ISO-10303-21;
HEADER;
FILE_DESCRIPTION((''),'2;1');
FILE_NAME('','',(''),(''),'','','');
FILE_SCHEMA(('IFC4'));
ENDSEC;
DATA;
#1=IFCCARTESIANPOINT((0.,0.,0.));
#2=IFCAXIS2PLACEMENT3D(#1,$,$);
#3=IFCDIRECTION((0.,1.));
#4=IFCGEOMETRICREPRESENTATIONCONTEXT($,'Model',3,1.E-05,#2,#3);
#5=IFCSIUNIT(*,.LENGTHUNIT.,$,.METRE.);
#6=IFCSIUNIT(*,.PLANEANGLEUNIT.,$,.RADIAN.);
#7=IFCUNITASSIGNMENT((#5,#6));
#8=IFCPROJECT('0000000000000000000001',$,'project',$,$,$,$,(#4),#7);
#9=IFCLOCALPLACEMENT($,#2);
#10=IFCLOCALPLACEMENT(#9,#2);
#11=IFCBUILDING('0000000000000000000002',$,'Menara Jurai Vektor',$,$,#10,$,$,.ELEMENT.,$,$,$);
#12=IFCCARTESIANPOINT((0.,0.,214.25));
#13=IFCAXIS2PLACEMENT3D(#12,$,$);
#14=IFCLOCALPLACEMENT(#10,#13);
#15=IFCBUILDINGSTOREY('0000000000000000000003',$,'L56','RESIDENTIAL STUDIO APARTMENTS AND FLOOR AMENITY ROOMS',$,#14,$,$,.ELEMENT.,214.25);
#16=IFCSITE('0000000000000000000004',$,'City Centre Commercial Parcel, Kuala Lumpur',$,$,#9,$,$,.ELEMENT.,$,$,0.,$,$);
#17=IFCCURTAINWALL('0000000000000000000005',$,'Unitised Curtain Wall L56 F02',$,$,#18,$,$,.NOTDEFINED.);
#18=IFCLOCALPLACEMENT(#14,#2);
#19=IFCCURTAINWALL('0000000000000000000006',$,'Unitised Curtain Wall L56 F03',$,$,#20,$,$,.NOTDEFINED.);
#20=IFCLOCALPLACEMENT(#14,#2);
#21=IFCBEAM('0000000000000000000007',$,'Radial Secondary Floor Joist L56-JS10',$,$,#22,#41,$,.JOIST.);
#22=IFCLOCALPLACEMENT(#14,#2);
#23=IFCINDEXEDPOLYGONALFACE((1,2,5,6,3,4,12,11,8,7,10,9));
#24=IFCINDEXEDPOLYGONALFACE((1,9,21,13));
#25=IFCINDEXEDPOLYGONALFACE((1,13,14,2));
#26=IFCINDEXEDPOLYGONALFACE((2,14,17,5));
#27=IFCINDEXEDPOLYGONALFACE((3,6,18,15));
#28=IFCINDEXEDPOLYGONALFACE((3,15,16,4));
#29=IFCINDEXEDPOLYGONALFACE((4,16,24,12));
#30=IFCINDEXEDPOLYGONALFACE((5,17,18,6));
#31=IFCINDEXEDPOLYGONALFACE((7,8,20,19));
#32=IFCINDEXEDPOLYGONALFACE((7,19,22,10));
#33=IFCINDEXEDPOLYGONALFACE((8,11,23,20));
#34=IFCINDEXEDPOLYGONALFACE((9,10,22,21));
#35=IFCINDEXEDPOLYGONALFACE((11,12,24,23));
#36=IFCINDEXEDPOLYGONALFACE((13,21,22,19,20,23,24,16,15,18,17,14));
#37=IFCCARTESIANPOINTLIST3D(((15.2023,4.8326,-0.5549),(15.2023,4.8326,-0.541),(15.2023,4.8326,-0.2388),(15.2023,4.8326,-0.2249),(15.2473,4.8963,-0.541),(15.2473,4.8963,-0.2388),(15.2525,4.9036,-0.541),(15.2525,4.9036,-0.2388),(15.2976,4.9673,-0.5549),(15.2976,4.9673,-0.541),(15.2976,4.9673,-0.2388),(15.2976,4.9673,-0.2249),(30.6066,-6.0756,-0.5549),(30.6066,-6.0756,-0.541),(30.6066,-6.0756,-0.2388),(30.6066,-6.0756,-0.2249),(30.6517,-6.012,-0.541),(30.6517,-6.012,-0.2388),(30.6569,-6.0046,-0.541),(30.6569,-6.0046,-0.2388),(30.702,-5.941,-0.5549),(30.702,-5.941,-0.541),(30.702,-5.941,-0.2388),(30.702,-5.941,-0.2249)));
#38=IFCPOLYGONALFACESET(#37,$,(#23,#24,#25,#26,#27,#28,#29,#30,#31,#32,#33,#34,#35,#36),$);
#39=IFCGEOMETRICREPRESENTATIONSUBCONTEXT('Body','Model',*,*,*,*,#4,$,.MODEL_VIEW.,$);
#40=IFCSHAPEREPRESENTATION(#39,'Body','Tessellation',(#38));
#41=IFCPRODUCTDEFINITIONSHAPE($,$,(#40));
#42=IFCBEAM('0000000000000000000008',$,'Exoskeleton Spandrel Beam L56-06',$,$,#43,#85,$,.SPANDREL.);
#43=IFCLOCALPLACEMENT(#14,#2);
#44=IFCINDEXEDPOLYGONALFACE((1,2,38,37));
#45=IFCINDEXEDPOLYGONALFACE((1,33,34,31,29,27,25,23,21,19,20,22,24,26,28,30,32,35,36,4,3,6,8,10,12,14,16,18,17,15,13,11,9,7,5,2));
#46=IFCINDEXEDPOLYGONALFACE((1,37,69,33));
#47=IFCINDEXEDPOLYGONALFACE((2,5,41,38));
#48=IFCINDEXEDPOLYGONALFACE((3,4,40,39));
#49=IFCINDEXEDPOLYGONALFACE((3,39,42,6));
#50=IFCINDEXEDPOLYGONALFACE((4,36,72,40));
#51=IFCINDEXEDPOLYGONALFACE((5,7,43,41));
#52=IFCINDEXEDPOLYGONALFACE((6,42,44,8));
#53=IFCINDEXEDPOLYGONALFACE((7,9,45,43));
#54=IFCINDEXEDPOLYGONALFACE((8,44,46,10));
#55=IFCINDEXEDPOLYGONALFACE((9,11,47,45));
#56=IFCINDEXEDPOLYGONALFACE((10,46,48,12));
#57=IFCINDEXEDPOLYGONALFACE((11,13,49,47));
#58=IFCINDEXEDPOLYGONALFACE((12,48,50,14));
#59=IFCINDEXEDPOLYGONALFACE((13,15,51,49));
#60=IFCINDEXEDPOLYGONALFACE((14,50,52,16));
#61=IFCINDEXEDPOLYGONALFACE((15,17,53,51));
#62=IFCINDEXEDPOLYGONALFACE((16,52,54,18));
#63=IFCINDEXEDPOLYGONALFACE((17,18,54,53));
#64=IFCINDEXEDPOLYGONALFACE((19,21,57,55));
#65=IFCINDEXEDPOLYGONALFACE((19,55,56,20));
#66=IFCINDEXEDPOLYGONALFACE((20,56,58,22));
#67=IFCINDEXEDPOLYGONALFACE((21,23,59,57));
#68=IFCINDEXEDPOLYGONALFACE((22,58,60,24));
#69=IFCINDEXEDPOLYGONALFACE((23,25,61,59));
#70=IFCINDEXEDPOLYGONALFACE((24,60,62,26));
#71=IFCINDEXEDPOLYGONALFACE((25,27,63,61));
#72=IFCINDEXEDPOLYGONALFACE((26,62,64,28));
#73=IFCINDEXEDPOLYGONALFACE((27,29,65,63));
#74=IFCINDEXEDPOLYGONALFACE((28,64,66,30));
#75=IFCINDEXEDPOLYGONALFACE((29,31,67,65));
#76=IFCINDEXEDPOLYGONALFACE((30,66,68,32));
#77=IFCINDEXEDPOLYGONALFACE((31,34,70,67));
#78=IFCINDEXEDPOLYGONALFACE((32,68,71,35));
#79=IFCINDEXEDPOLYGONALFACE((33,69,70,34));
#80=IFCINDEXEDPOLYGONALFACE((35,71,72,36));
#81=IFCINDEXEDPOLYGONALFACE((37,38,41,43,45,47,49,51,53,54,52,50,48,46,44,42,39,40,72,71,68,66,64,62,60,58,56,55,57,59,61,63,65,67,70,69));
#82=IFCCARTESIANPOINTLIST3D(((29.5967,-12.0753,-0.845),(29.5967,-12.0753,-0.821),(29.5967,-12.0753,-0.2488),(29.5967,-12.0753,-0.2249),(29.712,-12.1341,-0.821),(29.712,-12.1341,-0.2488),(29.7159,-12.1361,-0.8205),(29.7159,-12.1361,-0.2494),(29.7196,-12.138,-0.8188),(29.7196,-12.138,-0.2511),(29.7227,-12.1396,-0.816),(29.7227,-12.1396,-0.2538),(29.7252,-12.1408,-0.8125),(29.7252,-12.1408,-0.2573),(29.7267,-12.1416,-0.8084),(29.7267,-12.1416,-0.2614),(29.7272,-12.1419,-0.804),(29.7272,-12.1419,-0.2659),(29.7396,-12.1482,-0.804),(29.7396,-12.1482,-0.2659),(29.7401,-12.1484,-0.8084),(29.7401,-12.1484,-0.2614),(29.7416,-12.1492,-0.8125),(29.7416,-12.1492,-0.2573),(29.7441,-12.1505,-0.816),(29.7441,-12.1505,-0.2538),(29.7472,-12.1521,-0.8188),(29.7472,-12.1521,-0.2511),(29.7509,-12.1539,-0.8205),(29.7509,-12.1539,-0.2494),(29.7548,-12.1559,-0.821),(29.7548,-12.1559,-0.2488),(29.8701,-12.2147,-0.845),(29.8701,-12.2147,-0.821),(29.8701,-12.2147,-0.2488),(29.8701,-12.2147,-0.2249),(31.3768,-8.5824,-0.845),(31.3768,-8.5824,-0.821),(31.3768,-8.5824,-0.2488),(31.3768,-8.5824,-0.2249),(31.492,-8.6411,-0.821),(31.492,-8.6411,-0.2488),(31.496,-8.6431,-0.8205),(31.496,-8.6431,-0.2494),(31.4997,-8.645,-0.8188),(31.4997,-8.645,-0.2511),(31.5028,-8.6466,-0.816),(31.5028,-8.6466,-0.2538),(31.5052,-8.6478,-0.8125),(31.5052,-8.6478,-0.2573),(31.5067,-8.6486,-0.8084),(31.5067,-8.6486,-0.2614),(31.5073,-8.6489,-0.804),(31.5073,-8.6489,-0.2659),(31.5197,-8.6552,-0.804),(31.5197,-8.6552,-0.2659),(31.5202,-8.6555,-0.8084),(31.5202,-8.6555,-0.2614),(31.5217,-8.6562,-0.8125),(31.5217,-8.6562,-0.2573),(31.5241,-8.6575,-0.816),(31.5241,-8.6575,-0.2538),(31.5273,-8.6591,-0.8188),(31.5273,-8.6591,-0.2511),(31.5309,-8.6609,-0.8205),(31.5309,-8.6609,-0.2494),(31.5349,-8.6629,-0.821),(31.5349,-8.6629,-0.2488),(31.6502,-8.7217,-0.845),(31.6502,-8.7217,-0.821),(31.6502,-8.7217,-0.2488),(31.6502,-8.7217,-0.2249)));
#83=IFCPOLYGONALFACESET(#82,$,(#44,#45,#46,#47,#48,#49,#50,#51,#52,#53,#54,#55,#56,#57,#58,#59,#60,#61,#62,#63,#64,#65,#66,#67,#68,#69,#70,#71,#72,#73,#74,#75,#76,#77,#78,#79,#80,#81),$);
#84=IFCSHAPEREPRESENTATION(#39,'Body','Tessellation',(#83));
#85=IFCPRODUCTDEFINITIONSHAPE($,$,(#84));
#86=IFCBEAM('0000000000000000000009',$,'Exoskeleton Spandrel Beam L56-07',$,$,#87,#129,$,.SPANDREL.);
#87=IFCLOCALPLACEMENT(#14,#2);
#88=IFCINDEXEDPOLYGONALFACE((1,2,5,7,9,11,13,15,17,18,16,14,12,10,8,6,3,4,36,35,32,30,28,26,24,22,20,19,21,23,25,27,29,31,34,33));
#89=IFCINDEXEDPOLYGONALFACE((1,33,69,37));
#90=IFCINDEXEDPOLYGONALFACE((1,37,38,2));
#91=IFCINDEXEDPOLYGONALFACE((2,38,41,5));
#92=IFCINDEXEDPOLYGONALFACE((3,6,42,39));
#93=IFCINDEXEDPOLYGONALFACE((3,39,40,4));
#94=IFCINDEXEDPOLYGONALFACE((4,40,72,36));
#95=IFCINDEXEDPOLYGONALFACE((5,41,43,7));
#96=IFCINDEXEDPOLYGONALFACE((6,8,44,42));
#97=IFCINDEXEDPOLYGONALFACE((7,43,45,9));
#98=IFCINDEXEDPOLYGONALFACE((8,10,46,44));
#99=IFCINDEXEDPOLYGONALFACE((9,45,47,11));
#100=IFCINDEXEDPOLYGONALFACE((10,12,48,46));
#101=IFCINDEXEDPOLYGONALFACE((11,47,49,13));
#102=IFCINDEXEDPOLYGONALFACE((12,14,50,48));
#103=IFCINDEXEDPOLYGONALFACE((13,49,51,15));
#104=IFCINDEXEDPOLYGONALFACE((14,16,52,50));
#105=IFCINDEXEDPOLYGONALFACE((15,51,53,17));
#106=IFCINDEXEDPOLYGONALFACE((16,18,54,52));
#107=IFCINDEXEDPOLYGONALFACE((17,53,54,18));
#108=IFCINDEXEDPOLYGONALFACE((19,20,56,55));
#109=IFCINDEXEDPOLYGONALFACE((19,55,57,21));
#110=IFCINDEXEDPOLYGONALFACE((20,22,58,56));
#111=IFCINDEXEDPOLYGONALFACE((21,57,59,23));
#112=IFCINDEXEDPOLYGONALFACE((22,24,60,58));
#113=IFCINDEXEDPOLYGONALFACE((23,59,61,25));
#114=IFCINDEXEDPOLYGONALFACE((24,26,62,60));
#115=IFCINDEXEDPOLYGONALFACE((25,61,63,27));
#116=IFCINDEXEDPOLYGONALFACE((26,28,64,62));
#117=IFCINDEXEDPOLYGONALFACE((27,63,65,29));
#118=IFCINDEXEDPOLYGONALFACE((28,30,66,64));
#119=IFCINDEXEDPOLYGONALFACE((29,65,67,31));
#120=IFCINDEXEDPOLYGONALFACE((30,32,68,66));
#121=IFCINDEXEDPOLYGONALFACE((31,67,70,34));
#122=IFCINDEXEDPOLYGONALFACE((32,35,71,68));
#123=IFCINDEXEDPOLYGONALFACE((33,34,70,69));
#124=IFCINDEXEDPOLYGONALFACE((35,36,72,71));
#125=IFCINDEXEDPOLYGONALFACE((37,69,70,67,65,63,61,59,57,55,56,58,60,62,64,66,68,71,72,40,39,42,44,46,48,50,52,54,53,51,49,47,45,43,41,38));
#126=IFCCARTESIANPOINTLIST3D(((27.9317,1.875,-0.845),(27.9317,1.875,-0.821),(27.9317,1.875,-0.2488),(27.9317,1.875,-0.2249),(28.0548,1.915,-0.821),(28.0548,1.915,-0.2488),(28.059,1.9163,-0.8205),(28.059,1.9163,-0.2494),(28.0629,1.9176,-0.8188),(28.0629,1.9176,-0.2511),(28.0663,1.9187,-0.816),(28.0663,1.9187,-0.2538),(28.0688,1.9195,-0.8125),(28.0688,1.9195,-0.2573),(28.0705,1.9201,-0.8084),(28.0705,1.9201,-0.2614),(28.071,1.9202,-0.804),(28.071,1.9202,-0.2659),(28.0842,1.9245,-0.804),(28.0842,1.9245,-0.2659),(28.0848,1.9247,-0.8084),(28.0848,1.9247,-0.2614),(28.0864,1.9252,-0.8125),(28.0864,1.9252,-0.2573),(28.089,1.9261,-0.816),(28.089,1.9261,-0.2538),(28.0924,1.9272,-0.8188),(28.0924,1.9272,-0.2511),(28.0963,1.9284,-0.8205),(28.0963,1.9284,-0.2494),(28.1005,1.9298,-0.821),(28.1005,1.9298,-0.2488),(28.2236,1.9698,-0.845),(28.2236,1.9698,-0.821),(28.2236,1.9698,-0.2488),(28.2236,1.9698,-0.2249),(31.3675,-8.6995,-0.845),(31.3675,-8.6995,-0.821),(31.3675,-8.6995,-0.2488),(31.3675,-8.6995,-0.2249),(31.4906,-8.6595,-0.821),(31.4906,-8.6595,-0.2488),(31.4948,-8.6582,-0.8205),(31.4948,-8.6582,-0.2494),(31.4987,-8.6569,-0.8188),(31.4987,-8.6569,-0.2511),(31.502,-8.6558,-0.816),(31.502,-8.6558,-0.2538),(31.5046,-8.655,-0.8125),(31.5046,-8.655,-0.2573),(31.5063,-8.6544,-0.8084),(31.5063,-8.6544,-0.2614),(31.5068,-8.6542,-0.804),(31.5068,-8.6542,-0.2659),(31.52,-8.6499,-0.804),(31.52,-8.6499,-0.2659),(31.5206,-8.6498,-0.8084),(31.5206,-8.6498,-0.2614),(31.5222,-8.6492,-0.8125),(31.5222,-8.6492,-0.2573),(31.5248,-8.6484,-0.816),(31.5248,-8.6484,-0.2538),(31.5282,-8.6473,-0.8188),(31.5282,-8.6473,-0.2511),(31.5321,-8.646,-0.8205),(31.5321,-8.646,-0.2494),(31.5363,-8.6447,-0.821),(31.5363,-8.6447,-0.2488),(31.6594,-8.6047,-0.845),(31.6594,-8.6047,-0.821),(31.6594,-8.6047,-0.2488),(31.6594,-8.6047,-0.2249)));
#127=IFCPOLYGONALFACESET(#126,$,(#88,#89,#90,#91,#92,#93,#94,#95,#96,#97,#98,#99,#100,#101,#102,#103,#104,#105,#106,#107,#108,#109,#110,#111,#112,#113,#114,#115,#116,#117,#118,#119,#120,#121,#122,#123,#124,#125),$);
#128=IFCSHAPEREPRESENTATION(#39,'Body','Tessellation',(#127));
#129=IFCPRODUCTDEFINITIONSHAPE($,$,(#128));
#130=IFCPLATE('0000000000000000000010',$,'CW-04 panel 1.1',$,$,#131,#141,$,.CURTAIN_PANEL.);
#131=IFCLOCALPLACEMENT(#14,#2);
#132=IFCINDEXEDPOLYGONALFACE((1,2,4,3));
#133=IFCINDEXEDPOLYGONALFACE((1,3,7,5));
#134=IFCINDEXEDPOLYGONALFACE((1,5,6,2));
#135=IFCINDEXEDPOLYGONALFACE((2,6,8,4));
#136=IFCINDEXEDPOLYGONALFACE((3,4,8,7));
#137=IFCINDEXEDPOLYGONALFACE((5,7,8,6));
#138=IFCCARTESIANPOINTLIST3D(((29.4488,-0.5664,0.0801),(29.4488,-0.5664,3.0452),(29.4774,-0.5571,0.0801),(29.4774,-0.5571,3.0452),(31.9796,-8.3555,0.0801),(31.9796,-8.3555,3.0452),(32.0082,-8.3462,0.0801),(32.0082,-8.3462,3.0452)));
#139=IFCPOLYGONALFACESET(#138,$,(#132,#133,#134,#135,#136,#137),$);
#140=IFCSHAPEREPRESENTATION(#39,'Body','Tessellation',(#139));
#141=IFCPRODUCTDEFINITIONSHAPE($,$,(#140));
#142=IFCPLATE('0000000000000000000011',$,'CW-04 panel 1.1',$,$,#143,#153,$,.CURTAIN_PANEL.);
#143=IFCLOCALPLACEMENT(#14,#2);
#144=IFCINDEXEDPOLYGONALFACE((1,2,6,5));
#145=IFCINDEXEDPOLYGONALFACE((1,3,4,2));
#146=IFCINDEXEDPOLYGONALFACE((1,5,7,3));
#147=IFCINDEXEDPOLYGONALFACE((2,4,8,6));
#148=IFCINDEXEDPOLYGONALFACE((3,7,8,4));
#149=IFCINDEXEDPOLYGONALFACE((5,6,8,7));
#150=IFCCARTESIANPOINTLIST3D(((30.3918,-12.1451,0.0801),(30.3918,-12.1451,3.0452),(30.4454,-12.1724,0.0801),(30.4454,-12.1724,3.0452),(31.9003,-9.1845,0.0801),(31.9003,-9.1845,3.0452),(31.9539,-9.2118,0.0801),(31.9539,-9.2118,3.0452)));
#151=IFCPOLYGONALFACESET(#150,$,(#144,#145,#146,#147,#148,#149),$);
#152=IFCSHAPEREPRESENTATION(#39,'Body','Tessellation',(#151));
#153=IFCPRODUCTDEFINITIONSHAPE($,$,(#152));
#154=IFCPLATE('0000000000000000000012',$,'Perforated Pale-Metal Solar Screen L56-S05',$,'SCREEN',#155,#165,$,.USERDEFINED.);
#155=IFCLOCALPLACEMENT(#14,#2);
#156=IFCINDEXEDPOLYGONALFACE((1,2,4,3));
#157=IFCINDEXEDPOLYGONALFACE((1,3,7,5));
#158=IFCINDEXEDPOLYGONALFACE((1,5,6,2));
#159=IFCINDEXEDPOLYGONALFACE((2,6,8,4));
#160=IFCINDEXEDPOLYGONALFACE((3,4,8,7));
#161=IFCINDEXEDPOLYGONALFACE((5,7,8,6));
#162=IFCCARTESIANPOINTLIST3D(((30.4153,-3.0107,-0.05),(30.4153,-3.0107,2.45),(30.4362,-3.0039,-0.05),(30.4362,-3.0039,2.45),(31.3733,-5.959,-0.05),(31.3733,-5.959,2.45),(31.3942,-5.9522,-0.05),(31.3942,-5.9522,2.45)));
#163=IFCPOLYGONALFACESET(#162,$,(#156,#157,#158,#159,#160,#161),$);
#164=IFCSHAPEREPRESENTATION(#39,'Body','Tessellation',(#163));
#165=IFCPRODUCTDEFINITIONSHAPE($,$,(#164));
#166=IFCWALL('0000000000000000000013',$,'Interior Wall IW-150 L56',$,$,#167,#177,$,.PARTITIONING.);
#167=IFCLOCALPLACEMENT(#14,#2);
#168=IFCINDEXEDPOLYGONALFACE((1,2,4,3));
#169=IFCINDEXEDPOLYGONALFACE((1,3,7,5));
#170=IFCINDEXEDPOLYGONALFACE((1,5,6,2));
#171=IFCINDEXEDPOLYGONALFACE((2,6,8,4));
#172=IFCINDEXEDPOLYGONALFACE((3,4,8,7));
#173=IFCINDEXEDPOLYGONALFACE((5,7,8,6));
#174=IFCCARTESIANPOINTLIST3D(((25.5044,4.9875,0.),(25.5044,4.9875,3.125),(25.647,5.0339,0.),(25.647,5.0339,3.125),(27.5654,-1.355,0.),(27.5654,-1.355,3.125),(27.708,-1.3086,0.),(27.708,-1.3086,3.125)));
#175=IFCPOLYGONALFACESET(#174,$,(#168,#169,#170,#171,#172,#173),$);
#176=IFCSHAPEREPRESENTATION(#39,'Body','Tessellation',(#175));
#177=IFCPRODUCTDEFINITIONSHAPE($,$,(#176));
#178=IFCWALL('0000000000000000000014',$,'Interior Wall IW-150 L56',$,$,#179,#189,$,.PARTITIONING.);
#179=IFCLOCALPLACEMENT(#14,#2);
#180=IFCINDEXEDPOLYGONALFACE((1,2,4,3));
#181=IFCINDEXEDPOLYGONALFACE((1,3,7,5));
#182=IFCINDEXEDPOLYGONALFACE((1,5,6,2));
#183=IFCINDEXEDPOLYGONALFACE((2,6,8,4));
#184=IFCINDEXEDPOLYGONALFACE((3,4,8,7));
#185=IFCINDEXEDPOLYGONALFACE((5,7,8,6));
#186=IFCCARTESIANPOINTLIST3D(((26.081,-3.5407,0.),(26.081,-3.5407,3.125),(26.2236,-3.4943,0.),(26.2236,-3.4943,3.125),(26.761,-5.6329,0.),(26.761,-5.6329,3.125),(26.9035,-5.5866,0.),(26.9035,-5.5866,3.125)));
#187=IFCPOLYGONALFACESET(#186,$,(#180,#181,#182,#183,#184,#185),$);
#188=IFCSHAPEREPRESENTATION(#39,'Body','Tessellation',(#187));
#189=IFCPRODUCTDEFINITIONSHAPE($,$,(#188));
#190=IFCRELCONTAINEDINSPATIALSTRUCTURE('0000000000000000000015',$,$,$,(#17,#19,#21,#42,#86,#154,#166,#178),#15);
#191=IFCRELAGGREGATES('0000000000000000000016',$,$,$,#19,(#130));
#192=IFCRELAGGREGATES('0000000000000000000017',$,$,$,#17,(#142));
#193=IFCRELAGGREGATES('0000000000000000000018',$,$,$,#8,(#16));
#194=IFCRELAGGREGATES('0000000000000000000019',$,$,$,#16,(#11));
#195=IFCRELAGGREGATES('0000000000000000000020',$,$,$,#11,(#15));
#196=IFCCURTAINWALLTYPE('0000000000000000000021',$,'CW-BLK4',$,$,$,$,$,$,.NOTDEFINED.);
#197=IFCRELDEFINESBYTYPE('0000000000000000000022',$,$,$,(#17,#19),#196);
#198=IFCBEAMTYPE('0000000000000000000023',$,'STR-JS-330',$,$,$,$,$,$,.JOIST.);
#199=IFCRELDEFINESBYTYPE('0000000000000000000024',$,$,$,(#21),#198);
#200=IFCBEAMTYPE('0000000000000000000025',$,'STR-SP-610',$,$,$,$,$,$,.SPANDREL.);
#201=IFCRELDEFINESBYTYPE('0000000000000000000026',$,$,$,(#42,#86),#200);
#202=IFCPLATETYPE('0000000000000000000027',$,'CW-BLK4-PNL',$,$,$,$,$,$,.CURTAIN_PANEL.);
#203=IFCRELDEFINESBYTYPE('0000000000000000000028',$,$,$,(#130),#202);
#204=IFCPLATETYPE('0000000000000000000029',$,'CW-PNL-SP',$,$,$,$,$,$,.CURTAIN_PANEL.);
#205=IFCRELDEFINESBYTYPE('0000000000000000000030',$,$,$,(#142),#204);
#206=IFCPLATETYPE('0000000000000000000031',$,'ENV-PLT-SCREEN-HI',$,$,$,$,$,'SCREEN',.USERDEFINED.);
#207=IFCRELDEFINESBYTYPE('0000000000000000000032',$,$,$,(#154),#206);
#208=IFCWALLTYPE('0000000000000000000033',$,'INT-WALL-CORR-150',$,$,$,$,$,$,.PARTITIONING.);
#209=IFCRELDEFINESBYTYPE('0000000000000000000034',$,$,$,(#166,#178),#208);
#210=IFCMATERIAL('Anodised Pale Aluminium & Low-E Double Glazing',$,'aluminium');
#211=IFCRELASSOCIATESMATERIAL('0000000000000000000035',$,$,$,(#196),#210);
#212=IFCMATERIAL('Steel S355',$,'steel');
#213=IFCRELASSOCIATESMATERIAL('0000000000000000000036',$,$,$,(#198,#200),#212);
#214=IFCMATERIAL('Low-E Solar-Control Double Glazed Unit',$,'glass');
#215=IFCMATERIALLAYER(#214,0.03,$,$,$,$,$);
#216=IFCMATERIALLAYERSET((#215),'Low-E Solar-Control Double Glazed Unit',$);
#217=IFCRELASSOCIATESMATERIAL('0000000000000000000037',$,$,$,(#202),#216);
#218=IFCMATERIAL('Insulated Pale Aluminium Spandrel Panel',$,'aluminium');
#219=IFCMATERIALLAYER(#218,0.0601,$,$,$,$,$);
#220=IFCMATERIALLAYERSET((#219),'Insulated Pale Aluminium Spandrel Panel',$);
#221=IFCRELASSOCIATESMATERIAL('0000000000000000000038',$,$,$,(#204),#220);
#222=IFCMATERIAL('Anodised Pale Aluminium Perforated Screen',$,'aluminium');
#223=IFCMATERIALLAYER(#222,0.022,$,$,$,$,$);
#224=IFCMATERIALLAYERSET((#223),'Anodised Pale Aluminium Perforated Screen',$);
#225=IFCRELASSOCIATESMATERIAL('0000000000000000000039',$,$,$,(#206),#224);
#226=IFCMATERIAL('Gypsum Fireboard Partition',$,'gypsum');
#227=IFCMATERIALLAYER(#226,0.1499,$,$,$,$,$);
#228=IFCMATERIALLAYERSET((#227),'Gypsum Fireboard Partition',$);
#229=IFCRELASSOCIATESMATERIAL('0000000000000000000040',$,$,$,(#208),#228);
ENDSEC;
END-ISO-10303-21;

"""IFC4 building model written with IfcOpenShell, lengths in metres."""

from ifc_helpers import new_model, si_unit, direction, frame, frame_2d, origin, origin_2d, place, context, subcontext, project, spatial, rectangle, i_section, extrude, material, layer, layer_set, material_profile, profile_set, type_object, element, aggregate, save


model = new_model("IFC4")

# Units and contexts
model_context = context("Model", 3, precision=1e-05, world=origin(), true_north=direction((0.0, 1.0)))
body_context = subcontext(model_context, "Body", "Model", "MODEL_VIEW")
ifc_project = project(units=[si_unit("LENGTHUNIT", "METRE"), si_unit("PLANEANGLEUNIT", "RADIAN")], contexts=[model_context])

# Site, building, storey
site_placement = place(None, origin())
site = spatial("IfcSite", under=ifc_project, at=site_placement, Name="City Centre Commercial Parcel, Kuala Lumpur", CompositionType="ELEMENT", RefElevation=0.0)
building_placement = place(site_placement, origin())
building = spatial("IfcBuilding", under=site, at=building_placement, Name="Menara Jurai Vektor", CompositionType="ELEMENT")
storey_placement = place(building_placement, frame((0.0, 0.0, 214.25)))
storey = spatial("IfcBuildingStorey", under=building, at=storey_placement, Name="L56", Description="RESIDENTIAL STUDIO APARTMENTS AND FLOOR AMENITY ROOMS", CompositionType="ELEMENT", Elevation=214.25)

# Shared definitions
ifc_material_1 = material(Name="Anodised Pale Aluminium & Low-E Double Glazing", Category="aluminium")
curtain_wall_type = type_object("IfcCurtainWallType", Name="CW-BLK4", PredefinedType="NOTDEFINED", material=ifc_material_1)

# Curtain walls
curtain_wall_1_placement = place(storey_placement, origin())
curtain_wall_1 = element("IfcCurtainWall", 1, at=curtain_wall_1_placement, inside=storey, type_object=curtain_wall_type, Name="Unitised Curtain Wall L56 F02", PredefinedType="NOTDEFINED")
curtain_wall_2_placement = place(storey_placement, origin())
curtain_wall_2 = element("IfcCurtainWall", 2, at=curtain_wall_2_placement, inside=storey, type_object=curtain_wall_type, Name="Unitised Curtain Wall L56 F03", PredefinedType="NOTDEFINED")

# Shared definitions
ifc_material_2 = material(Name="Steel S355", Category="steel")

# Beams
ifc_material_profile_1 = material_profile(ifc_material_2, i_section(OverallWidth=0.165, OverallDepth=0.3301, WebThickness=0.009, FlangeThickness=0.0139, at=origin_2d()), Name="PG 330x165x46")
ifc_profile_set_1 = profile_set([ifc_material_profile_1], Name="Steel S355")
beam_type_1 = type_object("IfcBeamType", Name="STR-JS-330", PredefinedType="JOIST", material=ifc_profile_set_1)
beam_1_placement = place(storey_placement, frame((30.6543, -6.0083, -0.3899), z_axis=(-0.816104, 0.577905, 0.0), x_axis=(-0.577905, -0.816104, 0.0)))
element("IfcBeam", 3, at=beam_1_placement, inside=storey, type_object=beam_type_1, Name="Radial Secondary Floor Joist L56-JS10", PredefinedType="JOIST", context=body_context, shape_type="SweptSolid", body=[
    extrude(i_section(OverallWidth=0.165, OverallDepth=0.3301, WebThickness=0.009, FlangeThickness=0.0139, at=origin_2d()), origin(), (0.0, 0.0, 1.0), 18.8755),
])
ifc_material_profile_2 = material_profile(ifc_material_2, i_section(OverallWidth=0.3069, OverallDepth=0.6201, WebThickness=0.0139, FlangeThickness=0.0239, FilletRadius=0.0171, at=origin_2d()), Name="UKB 610x305x179")
ifc_profile_set_2 = profile_set([ifc_material_profile_2], Name="Steel S355")
beam_type_2 = type_object("IfcBeamType", Name="STR-SP-610", PredefinedType="SPANDREL", material=ifc_profile_set_2)
beam_2_placement = place(storey_placement, frame((29.7334, -12.145, -0.5349), z_axis=(0.454051, 0.890976, 0.0), x_axis=(-0.890976, 0.454051, 0.0)))
element("IfcBeam", 4, at=beam_2_placement, inside=storey, type_object=beam_type_2, Name="Exoskeleton Spandrel Beam L56-06", PredefinedType="SPANDREL", context=body_context, shape_type="SweptSolid", body=[
    extrude(i_section(OverallWidth=0.3069, OverallDepth=0.6201, WebThickness=0.0139, FlangeThickness=0.0239, FilletRadius=0.0171, at=origin_2d()), origin(), (0.0, 0.0, 1.0), 3.9204),
])
beam_3_placement = place(storey_placement, frame((31.5134, -8.6521, -0.5349), z_axis=(-0.309012, 0.951058, 0.0), x_axis=(-0.951058, -0.309012, 0.0)))
element("IfcBeam", 5, at=beam_3_placement, inside=storey, type_object=beam_type_2, Name="Exoskeleton Spandrel Beam L56-07", PredefinedType="SPANDREL", context=body_context, shape_type="SweptSolid", body=[
    extrude(i_section(OverallWidth=0.3069, OverallDepth=0.6201, WebThickness=0.0139, FlangeThickness=0.0239, FilletRadius=0.0171, at=origin_2d()), origin(), (0.0, 0.0, 1.0), 11.1187),
])

# Plates
ifc_material_3 = material(Name="Low-E Solar-Control Double Glazed Unit", Category="glass")
ifc_layer_1 = layer(ifc_material_3, 0.03)
ifc_layer_set_1 = layer_set([ifc_layer_1], Name="Low-E Solar-Control Double Glazed Unit")
plate_type_1 = type_object("IfcPlateType", Name="CW-BLK4-PNL", PredefinedType="CURTAIN_PANEL", material=ifc_layer_set_1)
plate_1_placement = place(storey_placement, frame((30.7285, -4.4563, 0.0801), z_axis=(0.0, 0.0, 1.0), x_axis=(-0.309016, 0.951057, 0.0)))
plate_1 = element("IfcPlate", 6, at=plate_1_placement, type_object=plate_type_1, Name="CW-04 panel 1.1", PredefinedType="CURTAIN_PANEL", context=body_context, shape_type="SweptSolid", body=[
    extrude(rectangle(XDim=8.1899, YDim=0.03, at=origin_2d()), origin(), (0.0, 0.0, 1.0), 2.9651),
])
aggregate(curtain_wall_2, [plate_1])
ifc_material_4 = material(Name="Insulated Pale Aluminium Spandrel Panel", Category="aluminium")
ifc_layer_2 = layer(ifc_material_4, 0.0601)
ifc_layer_set_2 = layer_set([ifc_layer_2], Name="Insulated Pale Aluminium Spandrel Panel")
plate_type_2 = type_object("IfcPlateType", Name="CW-PNL-SP", PredefinedType="CURTAIN_PANEL", material=ifc_layer_set_2)
plate_2_placement = place(storey_placement, frame((31.1729, -10.6785, 0.0801), z_axis=(0.0, 0.0, 1.0), x_axis=(0.453989, 0.891008, 0.0)))
plate_2 = element("IfcPlate", 7, at=plate_2_placement, type_object=plate_type_2, Name="CW-04 panel 1.1", PredefinedType="CURTAIN_PANEL", context=body_context, shape_type="SweptSolid", body=[
    extrude(rectangle(XDim=3.3228, YDim=0.0601, at=origin_2d()), origin(), (0.0, 0.0, 1.0), 2.9651),
])
aggregate(curtain_wall_1, [plate_2])
ifc_material_5 = material(Name="Anodised Pale Aluminium Perforated Screen", Category="aluminium")
ifc_layer_3 = layer(ifc_material_5, 0.022)
ifc_layer_set_3 = layer_set([ifc_layer_3], Name="Anodised Pale Aluminium Perforated Screen")
plate_type_3 = type_object("IfcPlateType", Name="ENV-PLT-SCREEN-HI", ElementType="SCREEN", PredefinedType="USERDEFINED", material=ifc_layer_set_3)
plate_3_placement = place(storey_placement, frame((30.9048, -4.4814, -0.05), z_axis=(0.0, 0.0, 1.0), x_axis=(-0.309017, 0.951057, 0.0)))
element("IfcPlate", 8, at=plate_3_placement, inside=storey, type_object=plate_type_3, Name="Perforated Pale-Metal Solar Screen L56-S05", ObjectType="SCREEN", PredefinedType="USERDEFINED", context=body_context, shape_type="SweptSolid", body=[
    extrude(rectangle(XDim=3.1001, YDim=0.022, at=origin_2d()), origin(), (0.0, 0.0, 1.0), 2.5),
])

# Shared definitions
ifc_material_6 = material(Name="Gypsum Fireboard Partition", Category="gypsum")
ifc_layer_4 = layer(ifc_material_6, 0.1499)
ifc_layer_set_4 = layer_set([ifc_layer_4], Name="Gypsum Fireboard Partition")
wall_type = type_object("IfcWallType", Name="INT-WALL-CORR-150", PredefinedType="PARTITIONING", material=ifc_layer_set_4)

# Walls
wall_1_placement = place(storey_placement, frame((27.6367, -1.3318, 0.0), z_axis=(0.0, 0.0, 1.0), x_axis=(-0.309047, 0.951047, 0.0)))
element("IfcWall", 9, at=wall_1_placement, inside=storey, type_object=wall_type, Name="Interior Wall IW-150 L56", PredefinedType="PARTITIONING", context=body_context, shape_type="SweptSolid", body=[
    extrude(rectangle(XDim=6.6689, YDim=0.1499, at=frame_2d((3.3345, 0.0))), origin(), (0.0, 0.0, 1.0), 3.125),
])
wall_2_placement = place(storey_placement, frame((26.8323, -5.6099, 0.0), z_axis=(0.0, 0.0, 1.0), x_axis=(-0.309061, 0.951042, 0.0)))
element("IfcWall", 10, at=wall_2_placement, inside=storey, type_object=wall_type, Name="Interior Wall IW-150 L56", PredefinedType="PARTITIONING", context=body_context, shape_type="SweptSolid", body=[
    extrude(rectangle(XDim=2.2, YDim=0.1499, at=frame_2d((1.1001, 0.0))), origin(), (0.0, 0.0, 1.0), 3.125),
])

save(model, "model.ifc")
